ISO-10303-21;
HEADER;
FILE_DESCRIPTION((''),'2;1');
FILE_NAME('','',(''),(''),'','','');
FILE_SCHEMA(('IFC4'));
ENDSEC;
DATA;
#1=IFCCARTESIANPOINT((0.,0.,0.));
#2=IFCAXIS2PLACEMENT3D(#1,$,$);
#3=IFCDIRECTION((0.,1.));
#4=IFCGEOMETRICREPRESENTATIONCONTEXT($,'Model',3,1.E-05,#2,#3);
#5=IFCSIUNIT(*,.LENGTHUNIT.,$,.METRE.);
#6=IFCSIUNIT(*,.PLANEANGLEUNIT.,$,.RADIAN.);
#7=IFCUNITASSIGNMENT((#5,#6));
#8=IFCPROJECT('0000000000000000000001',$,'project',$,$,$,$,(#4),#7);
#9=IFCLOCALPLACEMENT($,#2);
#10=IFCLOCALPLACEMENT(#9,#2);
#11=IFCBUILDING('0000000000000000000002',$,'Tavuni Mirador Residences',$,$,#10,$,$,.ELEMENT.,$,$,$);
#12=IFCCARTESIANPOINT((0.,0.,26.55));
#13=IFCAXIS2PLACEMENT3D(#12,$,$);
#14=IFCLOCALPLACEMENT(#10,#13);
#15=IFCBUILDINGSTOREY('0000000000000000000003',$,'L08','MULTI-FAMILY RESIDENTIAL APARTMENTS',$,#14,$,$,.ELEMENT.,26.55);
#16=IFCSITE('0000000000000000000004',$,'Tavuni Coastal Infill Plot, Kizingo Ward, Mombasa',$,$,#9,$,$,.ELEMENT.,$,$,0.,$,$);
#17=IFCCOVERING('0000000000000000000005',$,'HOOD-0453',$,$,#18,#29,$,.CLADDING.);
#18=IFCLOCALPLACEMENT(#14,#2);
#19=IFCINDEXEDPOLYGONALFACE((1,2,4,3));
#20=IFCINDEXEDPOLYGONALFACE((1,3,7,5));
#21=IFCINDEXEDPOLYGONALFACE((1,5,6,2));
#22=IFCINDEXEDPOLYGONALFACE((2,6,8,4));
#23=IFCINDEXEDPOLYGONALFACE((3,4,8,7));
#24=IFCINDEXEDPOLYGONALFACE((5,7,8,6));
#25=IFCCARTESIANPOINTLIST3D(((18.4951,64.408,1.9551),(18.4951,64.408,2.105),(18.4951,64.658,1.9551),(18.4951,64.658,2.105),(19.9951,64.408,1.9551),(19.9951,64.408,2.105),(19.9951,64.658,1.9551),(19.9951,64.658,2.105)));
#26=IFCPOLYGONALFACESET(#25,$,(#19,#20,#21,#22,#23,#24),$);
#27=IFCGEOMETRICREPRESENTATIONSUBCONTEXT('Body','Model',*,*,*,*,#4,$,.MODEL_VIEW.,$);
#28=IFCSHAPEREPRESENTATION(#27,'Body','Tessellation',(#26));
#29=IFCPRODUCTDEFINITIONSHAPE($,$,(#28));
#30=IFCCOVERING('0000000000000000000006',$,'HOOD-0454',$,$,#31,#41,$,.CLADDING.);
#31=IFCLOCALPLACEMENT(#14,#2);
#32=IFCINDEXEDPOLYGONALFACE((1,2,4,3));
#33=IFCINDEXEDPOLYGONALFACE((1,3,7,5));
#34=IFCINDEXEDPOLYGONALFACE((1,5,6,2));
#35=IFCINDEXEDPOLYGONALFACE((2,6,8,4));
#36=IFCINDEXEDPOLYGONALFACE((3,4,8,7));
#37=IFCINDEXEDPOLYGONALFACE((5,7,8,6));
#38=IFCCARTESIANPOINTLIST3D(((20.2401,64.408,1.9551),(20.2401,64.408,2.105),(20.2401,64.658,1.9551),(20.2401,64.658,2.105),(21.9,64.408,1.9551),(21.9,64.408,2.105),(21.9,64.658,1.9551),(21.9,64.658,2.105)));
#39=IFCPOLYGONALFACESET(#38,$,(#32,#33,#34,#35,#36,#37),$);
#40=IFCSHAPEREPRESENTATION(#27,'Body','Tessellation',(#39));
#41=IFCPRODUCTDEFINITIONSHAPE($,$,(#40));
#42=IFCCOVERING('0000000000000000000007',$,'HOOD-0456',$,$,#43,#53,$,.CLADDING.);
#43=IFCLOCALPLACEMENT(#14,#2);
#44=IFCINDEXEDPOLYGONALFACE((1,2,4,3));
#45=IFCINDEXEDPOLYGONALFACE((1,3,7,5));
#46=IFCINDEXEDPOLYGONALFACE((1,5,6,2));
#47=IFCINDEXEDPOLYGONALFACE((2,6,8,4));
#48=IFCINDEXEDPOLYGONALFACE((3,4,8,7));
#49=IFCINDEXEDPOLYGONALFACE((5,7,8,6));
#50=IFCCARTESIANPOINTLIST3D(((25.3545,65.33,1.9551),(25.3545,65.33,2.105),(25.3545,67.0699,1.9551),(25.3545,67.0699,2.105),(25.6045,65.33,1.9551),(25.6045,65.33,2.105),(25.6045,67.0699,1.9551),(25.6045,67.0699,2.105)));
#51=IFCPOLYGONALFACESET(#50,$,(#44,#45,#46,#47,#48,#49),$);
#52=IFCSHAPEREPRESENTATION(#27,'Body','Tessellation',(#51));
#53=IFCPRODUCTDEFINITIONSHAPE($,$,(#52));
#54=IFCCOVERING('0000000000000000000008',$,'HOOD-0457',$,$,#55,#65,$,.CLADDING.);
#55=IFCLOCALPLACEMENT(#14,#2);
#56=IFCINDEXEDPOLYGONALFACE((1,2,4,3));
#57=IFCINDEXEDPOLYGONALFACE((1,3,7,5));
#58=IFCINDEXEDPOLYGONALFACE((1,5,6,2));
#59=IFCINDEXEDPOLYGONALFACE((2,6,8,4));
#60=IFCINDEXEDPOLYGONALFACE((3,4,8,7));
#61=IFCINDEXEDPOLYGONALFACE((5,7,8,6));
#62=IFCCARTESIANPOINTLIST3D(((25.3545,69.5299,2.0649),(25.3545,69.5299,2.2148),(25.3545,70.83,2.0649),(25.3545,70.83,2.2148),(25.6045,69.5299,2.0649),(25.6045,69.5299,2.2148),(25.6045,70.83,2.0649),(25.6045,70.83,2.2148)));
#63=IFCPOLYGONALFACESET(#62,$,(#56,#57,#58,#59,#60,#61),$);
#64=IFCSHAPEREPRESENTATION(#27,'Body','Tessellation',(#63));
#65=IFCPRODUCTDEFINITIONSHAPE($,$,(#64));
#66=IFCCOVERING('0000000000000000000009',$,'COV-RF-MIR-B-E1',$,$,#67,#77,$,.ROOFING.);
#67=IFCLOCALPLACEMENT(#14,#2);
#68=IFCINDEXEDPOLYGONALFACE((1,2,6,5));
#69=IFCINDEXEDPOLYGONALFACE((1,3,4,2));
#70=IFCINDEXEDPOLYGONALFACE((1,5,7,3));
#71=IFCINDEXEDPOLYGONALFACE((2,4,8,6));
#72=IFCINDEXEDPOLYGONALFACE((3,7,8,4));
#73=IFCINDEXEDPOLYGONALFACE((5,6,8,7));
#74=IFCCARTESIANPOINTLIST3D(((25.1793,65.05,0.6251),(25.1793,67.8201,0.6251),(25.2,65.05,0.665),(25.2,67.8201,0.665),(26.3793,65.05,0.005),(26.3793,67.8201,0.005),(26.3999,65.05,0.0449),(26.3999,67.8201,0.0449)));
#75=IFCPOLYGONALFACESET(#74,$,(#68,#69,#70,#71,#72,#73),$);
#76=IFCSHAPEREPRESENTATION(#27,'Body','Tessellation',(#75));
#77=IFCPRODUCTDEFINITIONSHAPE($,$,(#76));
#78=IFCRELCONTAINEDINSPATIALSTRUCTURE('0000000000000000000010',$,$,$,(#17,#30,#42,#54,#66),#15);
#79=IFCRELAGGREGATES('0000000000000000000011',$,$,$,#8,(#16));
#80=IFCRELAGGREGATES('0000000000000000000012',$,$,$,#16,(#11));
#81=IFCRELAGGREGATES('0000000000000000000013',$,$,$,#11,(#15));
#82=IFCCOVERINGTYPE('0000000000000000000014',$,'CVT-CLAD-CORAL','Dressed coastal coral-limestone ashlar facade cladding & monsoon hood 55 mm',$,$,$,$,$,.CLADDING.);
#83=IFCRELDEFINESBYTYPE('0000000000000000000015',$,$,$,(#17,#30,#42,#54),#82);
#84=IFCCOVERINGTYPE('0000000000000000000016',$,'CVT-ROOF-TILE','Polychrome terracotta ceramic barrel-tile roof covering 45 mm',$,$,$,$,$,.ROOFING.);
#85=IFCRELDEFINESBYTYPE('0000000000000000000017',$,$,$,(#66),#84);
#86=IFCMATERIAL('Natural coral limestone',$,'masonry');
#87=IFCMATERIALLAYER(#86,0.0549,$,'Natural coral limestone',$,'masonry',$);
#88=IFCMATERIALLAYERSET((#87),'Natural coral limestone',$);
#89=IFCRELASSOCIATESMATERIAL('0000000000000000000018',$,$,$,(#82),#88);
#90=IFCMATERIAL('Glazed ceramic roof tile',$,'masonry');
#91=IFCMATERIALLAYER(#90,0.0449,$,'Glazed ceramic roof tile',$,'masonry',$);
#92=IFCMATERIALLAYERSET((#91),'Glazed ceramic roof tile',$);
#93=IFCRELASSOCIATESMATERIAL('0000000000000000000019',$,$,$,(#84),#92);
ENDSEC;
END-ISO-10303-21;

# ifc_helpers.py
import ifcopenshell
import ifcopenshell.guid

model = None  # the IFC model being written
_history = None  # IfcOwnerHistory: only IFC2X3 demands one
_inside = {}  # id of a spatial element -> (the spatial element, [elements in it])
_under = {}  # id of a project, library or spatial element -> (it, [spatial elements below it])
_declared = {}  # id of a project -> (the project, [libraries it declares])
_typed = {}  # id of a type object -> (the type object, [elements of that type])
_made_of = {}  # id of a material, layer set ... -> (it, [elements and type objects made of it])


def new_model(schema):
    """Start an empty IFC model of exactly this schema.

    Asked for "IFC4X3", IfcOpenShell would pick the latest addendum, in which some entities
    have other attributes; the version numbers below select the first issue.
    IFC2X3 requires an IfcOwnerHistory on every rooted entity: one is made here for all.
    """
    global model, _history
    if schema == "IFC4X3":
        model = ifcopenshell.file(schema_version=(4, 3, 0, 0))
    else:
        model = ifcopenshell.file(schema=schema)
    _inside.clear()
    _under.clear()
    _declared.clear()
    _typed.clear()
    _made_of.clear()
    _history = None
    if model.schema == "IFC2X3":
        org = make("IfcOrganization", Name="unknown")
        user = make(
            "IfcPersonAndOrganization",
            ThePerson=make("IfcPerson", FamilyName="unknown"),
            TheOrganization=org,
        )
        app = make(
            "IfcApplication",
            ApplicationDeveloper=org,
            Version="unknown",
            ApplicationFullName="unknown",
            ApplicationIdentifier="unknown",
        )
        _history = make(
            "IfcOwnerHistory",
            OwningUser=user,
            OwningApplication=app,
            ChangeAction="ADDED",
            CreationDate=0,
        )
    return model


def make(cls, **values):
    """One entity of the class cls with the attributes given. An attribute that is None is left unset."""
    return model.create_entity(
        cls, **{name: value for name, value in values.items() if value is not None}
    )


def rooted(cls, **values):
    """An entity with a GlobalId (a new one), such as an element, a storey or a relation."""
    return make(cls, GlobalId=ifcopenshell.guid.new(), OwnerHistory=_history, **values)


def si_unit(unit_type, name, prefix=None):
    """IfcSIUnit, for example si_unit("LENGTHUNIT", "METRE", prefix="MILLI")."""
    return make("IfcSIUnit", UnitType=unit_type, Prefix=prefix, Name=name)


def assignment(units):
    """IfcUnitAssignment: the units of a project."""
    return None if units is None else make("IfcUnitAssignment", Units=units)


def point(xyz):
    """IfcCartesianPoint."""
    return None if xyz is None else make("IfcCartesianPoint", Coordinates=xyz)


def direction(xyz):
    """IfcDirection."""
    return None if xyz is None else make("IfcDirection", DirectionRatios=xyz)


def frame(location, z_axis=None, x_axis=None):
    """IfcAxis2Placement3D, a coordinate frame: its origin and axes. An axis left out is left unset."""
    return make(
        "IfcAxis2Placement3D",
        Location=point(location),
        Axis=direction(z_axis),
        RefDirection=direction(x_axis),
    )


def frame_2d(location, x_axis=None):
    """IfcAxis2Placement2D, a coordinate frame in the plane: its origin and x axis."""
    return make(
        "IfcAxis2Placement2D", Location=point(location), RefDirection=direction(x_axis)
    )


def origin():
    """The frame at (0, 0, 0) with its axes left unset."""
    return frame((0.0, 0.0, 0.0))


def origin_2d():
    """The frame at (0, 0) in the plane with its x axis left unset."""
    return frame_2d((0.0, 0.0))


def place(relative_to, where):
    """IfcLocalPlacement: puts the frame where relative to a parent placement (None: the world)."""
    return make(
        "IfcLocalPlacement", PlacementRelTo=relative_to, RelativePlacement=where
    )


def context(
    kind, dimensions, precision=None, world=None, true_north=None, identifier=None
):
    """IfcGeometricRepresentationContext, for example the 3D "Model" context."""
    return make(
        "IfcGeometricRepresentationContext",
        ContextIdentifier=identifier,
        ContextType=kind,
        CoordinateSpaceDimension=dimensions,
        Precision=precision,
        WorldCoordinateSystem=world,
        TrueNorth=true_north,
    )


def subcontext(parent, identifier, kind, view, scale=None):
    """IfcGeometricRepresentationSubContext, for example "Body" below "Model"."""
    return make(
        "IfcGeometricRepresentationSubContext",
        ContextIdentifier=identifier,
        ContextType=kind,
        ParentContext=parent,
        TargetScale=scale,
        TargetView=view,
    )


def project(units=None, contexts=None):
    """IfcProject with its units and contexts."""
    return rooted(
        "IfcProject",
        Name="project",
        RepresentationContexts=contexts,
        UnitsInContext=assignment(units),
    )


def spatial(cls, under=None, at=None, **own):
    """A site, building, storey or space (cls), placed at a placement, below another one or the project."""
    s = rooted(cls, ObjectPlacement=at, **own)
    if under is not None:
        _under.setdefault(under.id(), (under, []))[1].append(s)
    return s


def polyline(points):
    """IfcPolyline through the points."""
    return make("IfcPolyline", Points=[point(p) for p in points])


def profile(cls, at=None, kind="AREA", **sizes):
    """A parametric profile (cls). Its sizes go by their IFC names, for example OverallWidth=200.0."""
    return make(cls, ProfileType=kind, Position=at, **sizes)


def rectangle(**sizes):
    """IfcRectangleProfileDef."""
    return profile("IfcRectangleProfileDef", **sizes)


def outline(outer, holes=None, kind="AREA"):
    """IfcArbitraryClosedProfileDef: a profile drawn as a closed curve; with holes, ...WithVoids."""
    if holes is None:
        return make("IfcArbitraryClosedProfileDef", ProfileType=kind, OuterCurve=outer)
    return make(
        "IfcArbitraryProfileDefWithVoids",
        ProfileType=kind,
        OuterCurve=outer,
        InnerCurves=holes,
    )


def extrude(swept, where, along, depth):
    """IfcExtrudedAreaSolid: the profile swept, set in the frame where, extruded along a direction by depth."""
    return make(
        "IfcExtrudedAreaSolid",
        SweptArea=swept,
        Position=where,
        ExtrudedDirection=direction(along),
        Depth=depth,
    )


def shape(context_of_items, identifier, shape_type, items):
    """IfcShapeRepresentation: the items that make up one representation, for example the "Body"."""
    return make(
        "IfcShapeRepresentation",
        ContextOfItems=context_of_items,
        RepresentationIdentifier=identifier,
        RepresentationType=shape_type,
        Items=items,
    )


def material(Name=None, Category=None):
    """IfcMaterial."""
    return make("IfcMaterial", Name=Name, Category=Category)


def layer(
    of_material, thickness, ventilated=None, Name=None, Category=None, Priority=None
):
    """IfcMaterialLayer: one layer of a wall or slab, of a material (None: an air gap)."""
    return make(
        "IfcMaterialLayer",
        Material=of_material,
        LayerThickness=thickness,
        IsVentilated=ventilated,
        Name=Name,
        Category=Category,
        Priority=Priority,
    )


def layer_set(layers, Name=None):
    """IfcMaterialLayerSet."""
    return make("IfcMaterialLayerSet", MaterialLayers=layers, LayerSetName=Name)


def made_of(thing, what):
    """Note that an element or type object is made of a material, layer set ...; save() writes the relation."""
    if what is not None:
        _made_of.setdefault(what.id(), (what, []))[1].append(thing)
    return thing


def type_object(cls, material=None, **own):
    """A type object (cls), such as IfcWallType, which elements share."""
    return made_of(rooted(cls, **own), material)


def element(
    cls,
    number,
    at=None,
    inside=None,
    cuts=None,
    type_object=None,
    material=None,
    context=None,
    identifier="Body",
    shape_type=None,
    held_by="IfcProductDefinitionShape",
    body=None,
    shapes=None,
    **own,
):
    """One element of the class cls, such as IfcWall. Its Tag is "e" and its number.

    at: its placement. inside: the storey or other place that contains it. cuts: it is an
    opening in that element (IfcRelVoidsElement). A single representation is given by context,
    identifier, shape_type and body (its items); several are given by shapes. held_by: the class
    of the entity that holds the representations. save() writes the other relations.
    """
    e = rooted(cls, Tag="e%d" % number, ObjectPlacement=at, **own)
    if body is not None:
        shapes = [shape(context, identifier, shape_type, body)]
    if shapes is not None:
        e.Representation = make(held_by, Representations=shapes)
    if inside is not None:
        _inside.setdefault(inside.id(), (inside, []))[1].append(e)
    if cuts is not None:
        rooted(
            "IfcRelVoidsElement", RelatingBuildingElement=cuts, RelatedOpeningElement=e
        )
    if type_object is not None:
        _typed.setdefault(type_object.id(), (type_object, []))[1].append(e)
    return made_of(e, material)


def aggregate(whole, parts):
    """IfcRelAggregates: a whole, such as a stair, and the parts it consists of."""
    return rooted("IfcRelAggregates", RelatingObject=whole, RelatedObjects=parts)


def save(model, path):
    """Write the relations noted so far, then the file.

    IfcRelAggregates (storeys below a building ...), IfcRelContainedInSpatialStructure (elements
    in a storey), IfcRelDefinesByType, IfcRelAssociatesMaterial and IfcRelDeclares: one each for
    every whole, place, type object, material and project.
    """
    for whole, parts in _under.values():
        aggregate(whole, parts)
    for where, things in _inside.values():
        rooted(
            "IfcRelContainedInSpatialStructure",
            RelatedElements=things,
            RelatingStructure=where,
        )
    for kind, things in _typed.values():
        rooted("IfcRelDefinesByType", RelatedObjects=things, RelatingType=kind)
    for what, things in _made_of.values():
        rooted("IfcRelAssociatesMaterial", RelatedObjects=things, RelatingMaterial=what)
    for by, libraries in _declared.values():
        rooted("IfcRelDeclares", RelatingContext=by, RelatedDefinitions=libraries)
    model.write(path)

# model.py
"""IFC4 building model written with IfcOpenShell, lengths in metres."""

from ifc_helpers import new_model, si_unit, direction, frame, origin, origin_2d, place, context, subcontext, project, spatial, polyline, rectangle, outline, extrude, material, layer, layer_set, type_object, element, save


model = new_model("IFC4")

# Units and contexts
model_context = context("Model", 3, precision=1e-05, world=origin(), true_north=direction((0.0, 1.0)))
body_context = subcontext(model_context, "Body", "Model", "MODEL_VIEW")
ifc_project = project(units=[si_unit("LENGTHUNIT", "METRE"), si_unit("PLANEANGLEUNIT", "RADIAN")], contexts=[model_context])

# Site, building, storey
site_placement = place(None, origin())
site = spatial("IfcSite", under=ifc_project, at=site_placement, Name="Tavuni Coastal Infill Plot, Kizingo Ward, Mombasa", CompositionType="ELEMENT", RefElevation=0.0)
building_placement = place(site_placement, origin())
building = spatial("IfcBuilding", under=site, at=building_placement, Name="Tavuni Mirador Residences", CompositionType="ELEMENT")
storey_placement = place(building_placement, frame((0.0, 0.0, 26.55)))
storey = spatial("IfcBuildingStorey", under=building, at=storey_placement, Name="L08", Description="MULTI-FAMILY RESIDENTIAL APARTMENTS", CompositionType="ELEMENT", Elevation=26.55)

# Coverings
ifc_material_1 = material(Name="Natural coral limestone", Category="masonry")
ifc_layer_1 = layer(ifc_material_1, 0.0549, Name="Natural coral limestone", Category="masonry")
ifc_layer_set_1 = layer_set([ifc_layer_1], Name="Natural coral limestone")
covering_type_1 = type_object("IfcCoveringType", Name="CVT-CLAD-CORAL", Description="Dressed coastal coral-limestone ashlar facade cladding & monsoon hood 55 mm", PredefinedType="CLADDING", material=ifc_layer_set_1)
covering_1_placement = place(storey_placement, frame((19.2451, 64.533, 1.9551), z_axis=(0.0, 0.0, 1.0), x_axis=(1.0, 0.0, 0.0)))
element("IfcCovering", 1, at=covering_1_placement, inside=storey, type_object=covering_type_1, Name="HOOD-0453", PredefinedType="CLADDING", context=body_context, shape_type="SweptSolid", body=[
    extrude(rectangle(XDim=1.5, YDim=0.25, at=origin_2d()), origin(), (0.0, 0.0, 1.0), 0.1499),
])
covering_2_placement = place(storey_placement, frame((21.0701, 64.533, 1.9551), z_axis=(0.0, 0.0, 1.0), x_axis=(1.0, 0.0, 0.0)))
element("IfcCovering", 2, at=covering_2_placement, inside=storey, type_object=covering_type_1, Name="HOOD-0454", PredefinedType="CLADDING", context=body_context, shape_type="SweptSolid", body=[
    extrude(rectangle(XDim=1.6599, YDim=0.25, at=origin_2d()), origin(), (0.0, 0.0, 1.0), 0.1499),
])
covering_3_placement = place(storey_placement, frame((25.4795, 66.2, 1.9551), z_axis=(0.0, 0.0, 1.0), x_axis=(0.0, 1.0, 0.0)))
element("IfcCovering", 3, at=covering_3_placement, inside=storey, type_object=covering_type_1, Name="HOOD-0456", PredefinedType="CLADDING", context=body_context, shape_type="SweptSolid", body=[
    extrude(rectangle(XDim=1.74, YDim=0.25, at=origin_2d()), origin(), (0.0, 0.0, 1.0), 0.1499),
])
covering_4_placement = place(storey_placement, frame((25.4795, 70.1799, 2.0649), z_axis=(0.0, 0.0, 1.0), x_axis=(0.0, 1.0, 0.0)))
element("IfcCovering", 4, at=covering_4_placement, inside=storey, type_object=covering_type_1, Name="HOOD-0457", PredefinedType="CLADDING", context=body_context, shape_type="SweptSolid", body=[
    extrude(rectangle(XDim=1.3, YDim=0.25, at=origin_2d()), origin(), (0.0, 0.0, 1.0), 0.1499),
])
ifc_material_2 = material(Name="Glazed ceramic roof tile", Category="masonry")
ifc_layer_2 = layer(ifc_material_2, 0.0449, Name="Glazed ceramic roof tile", Category="masonry")
ifc_layer_set_2 = layer_set([ifc_layer_2], Name="Glazed ceramic roof tile")
covering_type_2 = type_object("IfcCoveringType", Name="CVT-ROOF-TILE", Description="Polychrome terracotta ceramic barrel-tile roof covering 45 mm", PredefinedType="ROOFING", material=ifc_layer_set_2)
covering_5_placement = place(storey_placement, frame((25.2, 65.05, 0.665), z_axis=(0.459103, 0.0, 0.888383), x_axis=(0.0, 1.0, 0.0)))
element("IfcCovering", 5, at=covering_5_placement, inside=storey, type_object=covering_type_2, Name="COV-RF-MIR-B-E1", PredefinedType="ROOFING", context=body_context, shape_type="SweptSolid", body=[
    extrude(outline(polyline([(0.0, 0.0), (2.77, 0.0), (2.77, -1.3507), (0.0, -1.3507), (0.0, 0.0)])), origin(), (0.0, 0.0, -1.0), 0.0449),
])

save(model, "model.ifc")
